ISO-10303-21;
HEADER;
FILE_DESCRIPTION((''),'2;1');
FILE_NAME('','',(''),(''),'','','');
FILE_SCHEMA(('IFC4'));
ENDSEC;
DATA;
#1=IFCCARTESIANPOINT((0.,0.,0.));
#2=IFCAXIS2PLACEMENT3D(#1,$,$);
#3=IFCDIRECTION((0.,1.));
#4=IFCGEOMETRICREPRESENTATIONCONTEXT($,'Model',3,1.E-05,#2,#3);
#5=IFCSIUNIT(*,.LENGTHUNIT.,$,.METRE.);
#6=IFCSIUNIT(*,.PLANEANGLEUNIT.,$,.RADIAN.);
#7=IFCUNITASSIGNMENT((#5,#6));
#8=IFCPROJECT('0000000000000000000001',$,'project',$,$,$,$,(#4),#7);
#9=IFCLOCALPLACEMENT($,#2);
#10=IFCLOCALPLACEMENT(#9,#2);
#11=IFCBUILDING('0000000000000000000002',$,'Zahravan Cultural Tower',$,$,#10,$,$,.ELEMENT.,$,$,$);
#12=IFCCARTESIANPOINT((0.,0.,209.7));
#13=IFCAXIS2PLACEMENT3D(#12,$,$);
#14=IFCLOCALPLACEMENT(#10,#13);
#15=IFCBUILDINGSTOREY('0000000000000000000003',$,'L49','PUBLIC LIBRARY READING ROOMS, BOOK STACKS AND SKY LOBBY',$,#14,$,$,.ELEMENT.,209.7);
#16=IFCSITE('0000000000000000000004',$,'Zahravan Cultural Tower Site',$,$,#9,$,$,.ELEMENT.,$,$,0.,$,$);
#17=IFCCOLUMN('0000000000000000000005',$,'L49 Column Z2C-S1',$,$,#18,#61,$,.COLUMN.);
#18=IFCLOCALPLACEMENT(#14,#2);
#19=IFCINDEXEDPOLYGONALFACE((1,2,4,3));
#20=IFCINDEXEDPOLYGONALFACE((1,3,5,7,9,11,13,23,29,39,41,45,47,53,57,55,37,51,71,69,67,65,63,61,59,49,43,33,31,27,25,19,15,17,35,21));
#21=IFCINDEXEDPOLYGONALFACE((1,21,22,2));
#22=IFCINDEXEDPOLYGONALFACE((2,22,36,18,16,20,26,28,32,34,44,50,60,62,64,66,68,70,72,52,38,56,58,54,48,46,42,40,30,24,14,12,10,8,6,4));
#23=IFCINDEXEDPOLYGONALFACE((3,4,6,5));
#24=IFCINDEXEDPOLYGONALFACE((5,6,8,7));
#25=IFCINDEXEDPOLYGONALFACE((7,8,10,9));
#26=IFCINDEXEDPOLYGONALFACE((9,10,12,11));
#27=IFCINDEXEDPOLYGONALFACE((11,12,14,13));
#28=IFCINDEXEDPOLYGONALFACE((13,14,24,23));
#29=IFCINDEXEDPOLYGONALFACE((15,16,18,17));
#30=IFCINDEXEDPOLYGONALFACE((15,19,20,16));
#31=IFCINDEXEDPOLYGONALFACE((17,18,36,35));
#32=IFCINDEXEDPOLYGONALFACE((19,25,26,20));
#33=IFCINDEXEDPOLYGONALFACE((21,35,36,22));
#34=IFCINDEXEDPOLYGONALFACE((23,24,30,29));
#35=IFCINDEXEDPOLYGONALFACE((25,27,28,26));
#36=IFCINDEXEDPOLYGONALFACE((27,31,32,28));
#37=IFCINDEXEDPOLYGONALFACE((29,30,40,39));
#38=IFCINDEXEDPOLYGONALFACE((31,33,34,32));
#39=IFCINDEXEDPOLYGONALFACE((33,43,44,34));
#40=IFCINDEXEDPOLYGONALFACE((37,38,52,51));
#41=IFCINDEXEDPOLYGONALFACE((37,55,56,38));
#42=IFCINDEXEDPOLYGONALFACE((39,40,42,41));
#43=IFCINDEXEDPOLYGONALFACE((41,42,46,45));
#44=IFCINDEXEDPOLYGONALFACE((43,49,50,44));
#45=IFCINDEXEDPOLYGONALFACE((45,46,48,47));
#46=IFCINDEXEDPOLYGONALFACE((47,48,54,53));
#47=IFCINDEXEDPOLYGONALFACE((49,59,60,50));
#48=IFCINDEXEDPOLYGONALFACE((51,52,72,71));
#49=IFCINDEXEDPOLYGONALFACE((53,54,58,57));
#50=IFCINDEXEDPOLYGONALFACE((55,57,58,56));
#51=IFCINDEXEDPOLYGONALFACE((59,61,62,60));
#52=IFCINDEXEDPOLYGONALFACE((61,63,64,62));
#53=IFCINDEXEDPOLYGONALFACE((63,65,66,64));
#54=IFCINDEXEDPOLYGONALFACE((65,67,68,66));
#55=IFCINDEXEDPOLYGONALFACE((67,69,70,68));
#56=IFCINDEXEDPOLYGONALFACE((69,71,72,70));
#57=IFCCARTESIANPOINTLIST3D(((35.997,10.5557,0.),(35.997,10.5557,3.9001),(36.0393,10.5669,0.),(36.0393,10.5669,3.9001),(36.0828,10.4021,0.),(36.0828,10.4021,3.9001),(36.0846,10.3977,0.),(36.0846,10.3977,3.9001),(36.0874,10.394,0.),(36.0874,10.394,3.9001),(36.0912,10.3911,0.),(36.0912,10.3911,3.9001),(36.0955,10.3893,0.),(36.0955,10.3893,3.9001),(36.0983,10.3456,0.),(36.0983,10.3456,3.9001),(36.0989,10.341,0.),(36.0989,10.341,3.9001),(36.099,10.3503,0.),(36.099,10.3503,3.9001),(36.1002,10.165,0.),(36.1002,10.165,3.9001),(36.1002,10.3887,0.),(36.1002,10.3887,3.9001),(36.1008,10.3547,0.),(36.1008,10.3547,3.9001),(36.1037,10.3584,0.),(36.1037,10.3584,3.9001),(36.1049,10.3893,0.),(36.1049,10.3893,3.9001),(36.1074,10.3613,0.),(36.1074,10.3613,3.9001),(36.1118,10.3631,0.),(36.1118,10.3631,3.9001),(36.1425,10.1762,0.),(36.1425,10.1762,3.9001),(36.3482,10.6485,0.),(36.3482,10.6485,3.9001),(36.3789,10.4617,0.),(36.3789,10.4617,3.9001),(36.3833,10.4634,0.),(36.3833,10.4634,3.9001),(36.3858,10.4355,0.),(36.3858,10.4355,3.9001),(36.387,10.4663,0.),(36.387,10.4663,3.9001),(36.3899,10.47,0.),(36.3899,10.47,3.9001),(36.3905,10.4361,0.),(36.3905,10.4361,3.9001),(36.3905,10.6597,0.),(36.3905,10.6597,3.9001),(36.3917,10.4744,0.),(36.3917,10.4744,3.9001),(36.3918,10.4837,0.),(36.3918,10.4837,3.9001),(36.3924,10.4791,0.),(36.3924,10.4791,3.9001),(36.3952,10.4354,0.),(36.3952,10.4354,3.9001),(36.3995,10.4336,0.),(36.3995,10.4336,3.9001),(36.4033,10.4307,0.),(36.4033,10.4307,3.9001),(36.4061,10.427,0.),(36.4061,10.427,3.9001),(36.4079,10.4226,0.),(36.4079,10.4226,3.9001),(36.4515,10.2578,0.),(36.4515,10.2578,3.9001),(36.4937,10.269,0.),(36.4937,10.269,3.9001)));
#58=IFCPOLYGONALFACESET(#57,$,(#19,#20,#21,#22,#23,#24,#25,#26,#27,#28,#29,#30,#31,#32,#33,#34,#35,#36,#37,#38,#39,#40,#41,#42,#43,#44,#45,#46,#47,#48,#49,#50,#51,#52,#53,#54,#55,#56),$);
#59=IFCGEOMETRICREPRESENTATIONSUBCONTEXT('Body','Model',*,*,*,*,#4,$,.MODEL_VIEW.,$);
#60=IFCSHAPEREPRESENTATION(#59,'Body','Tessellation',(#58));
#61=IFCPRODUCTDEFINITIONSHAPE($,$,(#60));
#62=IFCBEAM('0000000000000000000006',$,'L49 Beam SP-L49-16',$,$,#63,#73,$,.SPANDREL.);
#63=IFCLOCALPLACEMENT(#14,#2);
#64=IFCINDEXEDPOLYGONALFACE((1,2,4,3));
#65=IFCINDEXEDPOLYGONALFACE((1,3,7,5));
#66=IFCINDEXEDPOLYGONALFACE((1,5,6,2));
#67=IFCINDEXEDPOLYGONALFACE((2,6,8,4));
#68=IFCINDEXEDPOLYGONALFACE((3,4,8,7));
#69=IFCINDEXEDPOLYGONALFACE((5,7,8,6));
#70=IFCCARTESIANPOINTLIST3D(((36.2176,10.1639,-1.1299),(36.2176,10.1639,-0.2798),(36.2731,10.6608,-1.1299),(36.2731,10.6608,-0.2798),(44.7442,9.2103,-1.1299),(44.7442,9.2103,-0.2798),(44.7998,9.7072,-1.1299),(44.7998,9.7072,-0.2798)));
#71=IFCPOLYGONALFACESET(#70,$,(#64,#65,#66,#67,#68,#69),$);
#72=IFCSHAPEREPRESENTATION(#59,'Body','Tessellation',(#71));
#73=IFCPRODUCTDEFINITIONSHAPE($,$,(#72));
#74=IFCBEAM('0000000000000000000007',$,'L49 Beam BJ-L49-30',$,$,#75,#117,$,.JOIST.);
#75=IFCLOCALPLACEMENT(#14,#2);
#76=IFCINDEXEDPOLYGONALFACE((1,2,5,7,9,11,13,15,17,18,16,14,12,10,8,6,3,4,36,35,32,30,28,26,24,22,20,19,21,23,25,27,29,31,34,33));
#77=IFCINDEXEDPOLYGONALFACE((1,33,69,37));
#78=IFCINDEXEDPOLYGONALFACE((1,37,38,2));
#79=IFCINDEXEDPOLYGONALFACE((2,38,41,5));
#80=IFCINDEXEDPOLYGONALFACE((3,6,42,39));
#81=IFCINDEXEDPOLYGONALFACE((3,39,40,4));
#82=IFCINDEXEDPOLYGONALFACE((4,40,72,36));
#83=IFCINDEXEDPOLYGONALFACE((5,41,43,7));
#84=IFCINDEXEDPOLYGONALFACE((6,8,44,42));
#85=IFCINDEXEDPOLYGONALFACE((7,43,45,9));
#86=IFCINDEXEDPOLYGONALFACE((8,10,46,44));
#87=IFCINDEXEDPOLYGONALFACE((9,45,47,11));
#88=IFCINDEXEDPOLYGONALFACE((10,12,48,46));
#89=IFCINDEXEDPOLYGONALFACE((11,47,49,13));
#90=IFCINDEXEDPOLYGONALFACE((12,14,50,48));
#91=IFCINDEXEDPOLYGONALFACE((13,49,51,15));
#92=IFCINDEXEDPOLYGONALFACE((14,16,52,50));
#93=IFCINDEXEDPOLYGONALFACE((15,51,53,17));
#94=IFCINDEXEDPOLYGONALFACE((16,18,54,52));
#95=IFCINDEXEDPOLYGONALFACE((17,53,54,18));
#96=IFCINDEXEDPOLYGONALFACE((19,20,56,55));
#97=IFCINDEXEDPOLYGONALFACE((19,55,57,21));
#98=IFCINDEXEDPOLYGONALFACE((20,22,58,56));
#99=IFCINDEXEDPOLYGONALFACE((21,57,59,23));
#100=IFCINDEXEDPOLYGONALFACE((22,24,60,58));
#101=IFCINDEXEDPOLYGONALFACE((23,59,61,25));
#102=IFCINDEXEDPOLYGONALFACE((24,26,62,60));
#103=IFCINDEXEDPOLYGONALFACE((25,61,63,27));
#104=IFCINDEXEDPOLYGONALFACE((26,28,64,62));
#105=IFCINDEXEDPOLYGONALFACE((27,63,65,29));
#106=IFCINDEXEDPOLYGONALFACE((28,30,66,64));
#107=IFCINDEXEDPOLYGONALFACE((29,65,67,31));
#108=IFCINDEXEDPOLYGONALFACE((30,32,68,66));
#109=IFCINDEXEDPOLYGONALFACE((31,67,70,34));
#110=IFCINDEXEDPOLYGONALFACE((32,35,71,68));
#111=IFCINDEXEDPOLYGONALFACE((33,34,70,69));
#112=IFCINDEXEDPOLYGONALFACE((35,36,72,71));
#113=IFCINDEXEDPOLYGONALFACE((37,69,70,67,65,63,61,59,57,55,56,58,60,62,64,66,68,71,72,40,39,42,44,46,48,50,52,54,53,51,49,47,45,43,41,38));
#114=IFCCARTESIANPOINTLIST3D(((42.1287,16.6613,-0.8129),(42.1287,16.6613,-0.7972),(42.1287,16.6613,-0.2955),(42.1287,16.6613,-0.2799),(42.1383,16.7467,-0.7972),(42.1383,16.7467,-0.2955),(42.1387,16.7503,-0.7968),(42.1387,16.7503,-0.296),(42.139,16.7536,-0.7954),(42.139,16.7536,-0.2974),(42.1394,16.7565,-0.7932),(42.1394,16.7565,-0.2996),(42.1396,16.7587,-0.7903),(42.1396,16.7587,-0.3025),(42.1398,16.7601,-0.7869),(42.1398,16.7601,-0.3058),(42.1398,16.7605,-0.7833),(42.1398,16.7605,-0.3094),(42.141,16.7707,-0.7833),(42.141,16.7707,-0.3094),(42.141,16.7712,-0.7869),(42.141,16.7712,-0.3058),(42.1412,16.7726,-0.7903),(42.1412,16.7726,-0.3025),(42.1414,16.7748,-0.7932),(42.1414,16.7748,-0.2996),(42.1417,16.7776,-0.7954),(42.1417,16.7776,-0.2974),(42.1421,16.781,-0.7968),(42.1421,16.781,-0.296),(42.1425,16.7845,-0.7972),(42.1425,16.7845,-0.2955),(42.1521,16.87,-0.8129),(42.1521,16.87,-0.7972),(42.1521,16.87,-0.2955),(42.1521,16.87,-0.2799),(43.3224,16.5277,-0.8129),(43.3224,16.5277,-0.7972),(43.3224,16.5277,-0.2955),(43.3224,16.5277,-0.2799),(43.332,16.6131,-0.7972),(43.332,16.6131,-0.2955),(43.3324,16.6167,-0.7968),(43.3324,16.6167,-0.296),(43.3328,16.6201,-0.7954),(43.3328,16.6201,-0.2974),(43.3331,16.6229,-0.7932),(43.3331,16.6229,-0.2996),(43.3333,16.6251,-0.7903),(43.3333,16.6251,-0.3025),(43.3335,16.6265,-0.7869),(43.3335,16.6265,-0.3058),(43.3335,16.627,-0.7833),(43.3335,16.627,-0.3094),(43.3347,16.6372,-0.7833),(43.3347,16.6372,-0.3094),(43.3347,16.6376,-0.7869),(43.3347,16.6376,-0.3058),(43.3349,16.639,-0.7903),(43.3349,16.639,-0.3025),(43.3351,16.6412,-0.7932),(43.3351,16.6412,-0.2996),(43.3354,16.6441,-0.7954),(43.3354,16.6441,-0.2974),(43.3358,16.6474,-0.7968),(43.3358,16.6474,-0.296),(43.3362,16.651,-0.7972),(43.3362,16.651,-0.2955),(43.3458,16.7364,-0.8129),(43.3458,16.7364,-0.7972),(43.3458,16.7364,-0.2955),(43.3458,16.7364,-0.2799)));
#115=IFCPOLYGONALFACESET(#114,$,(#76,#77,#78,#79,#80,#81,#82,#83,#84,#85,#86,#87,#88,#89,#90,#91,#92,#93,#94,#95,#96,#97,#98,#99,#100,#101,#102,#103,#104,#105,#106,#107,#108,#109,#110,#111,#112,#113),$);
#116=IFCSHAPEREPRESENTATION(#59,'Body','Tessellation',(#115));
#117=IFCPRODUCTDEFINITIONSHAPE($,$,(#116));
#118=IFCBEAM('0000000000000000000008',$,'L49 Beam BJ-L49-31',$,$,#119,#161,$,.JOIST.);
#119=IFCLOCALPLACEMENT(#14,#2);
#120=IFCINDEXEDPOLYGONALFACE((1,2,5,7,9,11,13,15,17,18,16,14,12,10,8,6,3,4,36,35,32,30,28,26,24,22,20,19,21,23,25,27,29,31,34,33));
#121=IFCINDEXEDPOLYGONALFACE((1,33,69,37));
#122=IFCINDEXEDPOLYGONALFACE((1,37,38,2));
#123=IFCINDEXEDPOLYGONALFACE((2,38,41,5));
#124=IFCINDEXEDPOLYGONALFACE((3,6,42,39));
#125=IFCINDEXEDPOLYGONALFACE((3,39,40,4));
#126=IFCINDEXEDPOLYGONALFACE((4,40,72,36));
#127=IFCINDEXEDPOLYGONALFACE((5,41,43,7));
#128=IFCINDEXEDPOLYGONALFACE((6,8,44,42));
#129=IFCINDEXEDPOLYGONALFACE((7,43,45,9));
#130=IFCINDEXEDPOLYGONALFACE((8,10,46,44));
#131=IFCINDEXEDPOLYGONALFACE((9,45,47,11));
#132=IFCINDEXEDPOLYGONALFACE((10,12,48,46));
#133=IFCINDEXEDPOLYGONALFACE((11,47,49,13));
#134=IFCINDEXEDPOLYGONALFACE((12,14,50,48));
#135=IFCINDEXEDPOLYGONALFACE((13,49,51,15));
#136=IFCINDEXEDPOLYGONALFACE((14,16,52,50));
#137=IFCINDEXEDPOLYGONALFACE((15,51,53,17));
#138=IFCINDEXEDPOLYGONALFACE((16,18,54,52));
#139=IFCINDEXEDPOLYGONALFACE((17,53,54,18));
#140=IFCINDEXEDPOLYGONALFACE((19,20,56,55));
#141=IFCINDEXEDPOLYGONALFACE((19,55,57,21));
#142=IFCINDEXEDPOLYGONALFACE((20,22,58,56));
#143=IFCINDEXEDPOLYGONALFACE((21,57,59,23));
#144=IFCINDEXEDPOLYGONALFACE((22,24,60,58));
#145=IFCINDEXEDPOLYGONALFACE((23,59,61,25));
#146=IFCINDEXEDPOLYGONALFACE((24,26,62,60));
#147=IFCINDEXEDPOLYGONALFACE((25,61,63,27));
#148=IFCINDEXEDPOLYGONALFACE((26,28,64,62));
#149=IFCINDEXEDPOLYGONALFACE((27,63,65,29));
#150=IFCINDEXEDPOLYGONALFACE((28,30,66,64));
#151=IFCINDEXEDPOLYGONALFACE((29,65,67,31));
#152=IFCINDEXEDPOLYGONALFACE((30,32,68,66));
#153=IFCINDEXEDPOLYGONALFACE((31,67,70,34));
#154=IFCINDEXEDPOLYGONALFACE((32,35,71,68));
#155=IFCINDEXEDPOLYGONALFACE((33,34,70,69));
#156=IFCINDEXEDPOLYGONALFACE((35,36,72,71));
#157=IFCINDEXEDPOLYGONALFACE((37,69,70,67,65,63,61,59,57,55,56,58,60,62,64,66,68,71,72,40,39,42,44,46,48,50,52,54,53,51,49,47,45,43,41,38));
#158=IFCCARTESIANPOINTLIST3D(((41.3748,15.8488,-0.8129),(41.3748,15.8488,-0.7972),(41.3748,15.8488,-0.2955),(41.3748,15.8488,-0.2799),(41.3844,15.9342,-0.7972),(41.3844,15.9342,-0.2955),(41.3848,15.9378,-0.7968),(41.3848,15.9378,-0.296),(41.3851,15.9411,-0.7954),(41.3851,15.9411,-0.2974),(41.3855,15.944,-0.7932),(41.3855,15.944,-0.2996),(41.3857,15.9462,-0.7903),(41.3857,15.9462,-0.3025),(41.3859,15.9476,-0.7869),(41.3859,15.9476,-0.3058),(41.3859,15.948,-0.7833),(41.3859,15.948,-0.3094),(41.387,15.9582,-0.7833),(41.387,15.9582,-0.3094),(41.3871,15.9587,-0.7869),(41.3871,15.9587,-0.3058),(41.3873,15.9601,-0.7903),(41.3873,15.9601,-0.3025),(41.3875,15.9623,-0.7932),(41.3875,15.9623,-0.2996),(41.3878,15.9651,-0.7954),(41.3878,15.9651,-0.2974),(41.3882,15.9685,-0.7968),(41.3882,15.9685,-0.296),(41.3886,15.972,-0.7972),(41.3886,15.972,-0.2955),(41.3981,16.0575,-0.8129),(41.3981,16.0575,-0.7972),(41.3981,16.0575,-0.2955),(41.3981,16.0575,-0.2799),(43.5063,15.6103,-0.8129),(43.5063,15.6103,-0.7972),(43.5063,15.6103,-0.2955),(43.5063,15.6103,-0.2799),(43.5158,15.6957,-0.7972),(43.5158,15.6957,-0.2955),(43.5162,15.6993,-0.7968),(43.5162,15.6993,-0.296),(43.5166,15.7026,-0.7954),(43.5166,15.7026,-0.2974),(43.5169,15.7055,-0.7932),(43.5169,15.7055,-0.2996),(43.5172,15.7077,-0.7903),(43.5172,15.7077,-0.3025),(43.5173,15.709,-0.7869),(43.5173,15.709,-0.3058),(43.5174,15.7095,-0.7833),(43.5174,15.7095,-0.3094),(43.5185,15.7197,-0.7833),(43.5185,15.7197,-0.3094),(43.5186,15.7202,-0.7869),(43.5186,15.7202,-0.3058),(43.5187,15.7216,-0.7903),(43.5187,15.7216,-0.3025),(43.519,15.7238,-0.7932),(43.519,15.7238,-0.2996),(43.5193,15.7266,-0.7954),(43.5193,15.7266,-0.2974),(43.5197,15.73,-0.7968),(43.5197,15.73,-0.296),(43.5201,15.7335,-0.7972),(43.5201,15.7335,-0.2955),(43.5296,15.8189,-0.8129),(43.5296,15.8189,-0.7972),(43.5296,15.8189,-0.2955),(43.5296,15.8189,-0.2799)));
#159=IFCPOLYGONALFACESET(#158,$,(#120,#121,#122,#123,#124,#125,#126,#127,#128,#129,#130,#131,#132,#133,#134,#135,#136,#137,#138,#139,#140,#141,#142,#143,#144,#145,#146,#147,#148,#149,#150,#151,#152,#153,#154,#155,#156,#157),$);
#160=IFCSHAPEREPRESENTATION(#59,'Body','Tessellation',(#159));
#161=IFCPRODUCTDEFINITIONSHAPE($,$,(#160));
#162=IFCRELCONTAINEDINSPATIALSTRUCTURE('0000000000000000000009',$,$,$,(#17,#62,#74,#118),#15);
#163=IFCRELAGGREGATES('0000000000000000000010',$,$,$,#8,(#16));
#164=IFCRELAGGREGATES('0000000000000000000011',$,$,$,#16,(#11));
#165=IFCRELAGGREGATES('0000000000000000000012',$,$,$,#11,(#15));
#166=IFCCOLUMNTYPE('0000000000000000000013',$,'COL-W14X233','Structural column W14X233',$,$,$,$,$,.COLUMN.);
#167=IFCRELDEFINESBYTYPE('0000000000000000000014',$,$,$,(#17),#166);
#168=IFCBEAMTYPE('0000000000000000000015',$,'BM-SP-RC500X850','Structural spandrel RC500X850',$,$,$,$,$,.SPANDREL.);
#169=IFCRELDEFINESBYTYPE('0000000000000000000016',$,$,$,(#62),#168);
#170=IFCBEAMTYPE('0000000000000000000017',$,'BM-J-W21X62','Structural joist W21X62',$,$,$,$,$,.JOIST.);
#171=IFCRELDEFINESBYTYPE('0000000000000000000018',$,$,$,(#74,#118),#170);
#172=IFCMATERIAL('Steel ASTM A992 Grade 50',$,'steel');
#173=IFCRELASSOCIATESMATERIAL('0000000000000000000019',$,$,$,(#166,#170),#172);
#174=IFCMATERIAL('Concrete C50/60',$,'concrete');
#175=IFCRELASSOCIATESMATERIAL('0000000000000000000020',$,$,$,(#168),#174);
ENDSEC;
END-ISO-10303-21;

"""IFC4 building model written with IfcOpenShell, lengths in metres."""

from ifc_helpers import new_model, si_unit, direction, frame, origin, origin_2d, place, context, subcontext, project, spatial, rectangle, i_section, extrude, source, transform, mapped, material, material_profile, profile_set, type_object, element, save


model = new_model("IFC4")

# Units and contexts
model_context = context("Model", 3, precision=1e-05, world=origin(), true_north=direction((0.0, 1.0)))
body_context = subcontext(model_context, "Body", "Model", "MODEL_VIEW")
ifc_project = project(units=[si_unit("LENGTHUNIT", "METRE"), si_unit("PLANEANGLEUNIT", "RADIAN")], contexts=[model_context])

# Site, building, storey
site_placement = place(None, origin())
site = spatial("IfcSite", under=ifc_project, at=site_placement, Name="Zahravan Cultural Tower Site", CompositionType="ELEMENT", RefElevation=0.0)
building_placement = place(site_placement, origin())
building = spatial("IfcBuilding", under=site, at=building_placement, Name="Zahravan Cultural Tower", CompositionType="ELEMENT")
storey_placement = place(building_placement, frame((0.0, 0.0, 209.7)))
storey = spatial("IfcBuildingStorey", under=building, at=storey_placement, Name="L49", Description="PUBLIC LIBRARY READING ROOMS, BOOK STACKS AND SKY LOBBY", CompositionType="ELEMENT", Elevation=209.7)

# Column
ifc_material_1 = material(Name="Steel ASTM A992 Grade 50", Category="steel")
ifc_material_profile_1 = material_profile(ifc_material_1, i_section(OverallWidth=0.4041, OverallDepth=0.407, WebThickness=0.0271, FlangeThickness=0.0437, FilletRadius=0.0181, at=origin_2d()), Name="W14X233")
ifc_profile_set_1 = profile_set([ifc_material_profile_1], Name="Steel ASTM A992 Grade 50")
column_type = type_object("IfcColumnType", Name="COL-W14X233", Description="Structural column W14X233", PredefinedType="COLUMN", material=ifc_profile_set_1)
shared_shape_1 = source(origin(), body_context, "Body", "SweptSolid", [
    extrude(i_section(OverallWidth=0.4041, OverallDepth=0.407, WebThickness=0.0271, FlangeThickness=0.0437, FilletRadius=0.0181, at=origin_2d()), origin(), (0.0, 0.0, 1.0), 3.9001),
])
column_placement = place(storey_placement, frame((36.2454, 10.4124, 0.0), z_axis=(0.0, 0.0, 1.0), x_axis=(-0.255446, 0.966823, 0.0)))
element("IfcColumn", 1, at=column_placement, inside=storey, type_object=column_type, Name="L49 Column Z2C-S1", PredefinedType="COLUMN", context=body_context, shape_type="MappedRepresentation", body=[
    mapped(shared_shape_1, transform((0.0, 0.0, 0.0), x_axis=(1.0, 0.0, 0.0), y_axis=(0.0, 1.0, 0.0), z_axis=(0.0, 0.0, 1.0), scale=1.0)),
])

# Beams
ifc_material_2 = material(Name="Concrete C50/60", Category="concrete")
ifc_material_profile_2 = material_profile(ifc_material_2, rectangle(XDim=0.5, YDim=0.8501, at=origin_2d()), Name="RC500X850")
ifc_profile_set_2 = profile_set([ifc_material_profile_2], Name="Concrete C50/60")
beam_type_1 = type_object("IfcBeamType", Name="BM-SP-RC500X850", Description="Structural spandrel RC500X850", PredefinedType="SPANDREL", material=ifc_profile_set_2)
shared_shape_2 = source(origin(), body_context, "Body", "SweptSolid", [
    extrude(rectangle(XDim=0.5, YDim=0.8501, at=origin_2d()), origin(), (0.0, 0.0, 1.0), 8.5798),
])
beam_1_placement = place(storey_placement, frame((36.2454, 10.4124, -0.7048), z_axis=(0.993804, -0.111147, 0.0), x_axis=(0.111147, 0.993804, 0.0)))
element("IfcBeam", 2, at=beam_1_placement, inside=storey, type_object=beam_type_1, Name="L49 Beam SP-L49-16", PredefinedType="SPANDREL", context=body_context, shape_type="MappedRepresentation", body=[
    mapped(shared_shape_2, transform((0.0, 0.0, 0.0), x_axis=(1.0, 0.0, 0.0), y_axis=(0.0, 1.0, 0.0), z_axis=(0.0, 0.0, 1.0), scale=1.0)),
])
ifc_material_profile_3 = material_profile(ifc_material_1, i_section(OverallWidth=0.21, OverallDepth=0.533, WebThickness=0.0103, FlangeThickness=0.0156, FilletRadius=0.0139, at=origin_2d()), Name="W21X62")
ifc_profile_set_3 = profile_set([ifc_material_profile_3], Name="Steel ASTM A992 Grade 50")
beam_type_2 = type_object("IfcBeamType", Name="BM-J-W21X62", Description="Structural joist W21X62", PredefinedType="JOIST", material=ifc_profile_set_3)
shared_shape_3 = source(origin(), body_context, "Body", "SweptSolid", [
    extrude(i_section(OverallWidth=0.21, OverallDepth=0.533, WebThickness=0.0103, FlangeThickness=0.0156, FilletRadius=0.0139, at=origin_2d()), origin(), (0.0, 0.0, 1.0), 1.2012),
])
beam_2_placement = place(storey_placement, frame((42.1404, 16.7656, -0.5464), z_axis=(0.993799, -0.11119, 0.0), x_axis=(0.11119, 0.993799, 0.0)))
element("IfcBeam", 3, at=beam_2_placement, inside=storey, type_object=beam_type_2, Name="L49 Beam BJ-L49-30", PredefinedType="JOIST", context=body_context, shape_type="MappedRepresentation", body=[
    mapped(shared_shape_3, transform((0.0, 0.0, 0.0), x_axis=(1.0, 0.0, 0.0), y_axis=(0.0, 1.0, 0.0), z_axis=(0.0, 0.0, 1.0), scale=1.0)),
])
shared_shape_4 = source(origin(), body_context, "Body", "SweptSolid", [
    extrude(i_section(OverallWidth=0.21, OverallDepth=0.533, WebThickness=0.0103, FlangeThickness=0.0156, FilletRadius=0.0139, at=origin_2d()), origin(), (0.0, 0.0, 1.0), 2.1448),
])
beam_3_placement = place(storey_placement, frame((41.3865, 15.9531, -0.5464), z_axis=(0.993797, -0.111206, 0.0), x_axis=(0.111206, 0.993797, 0.0)))
element("IfcBeam", 4, at=beam_3_placement, inside=storey, type_object=beam_type_2, Name="L49 Beam BJ-L49-31", PredefinedType="JOIST", context=body_context, shape_type="MappedRepresentation", body=[
    mapped(shared_shape_4, transform((0.0, 0.0, 0.0), x_axis=(1.0, 0.0, 0.0), y_axis=(0.0, 1.0, 0.0), z_axis=(0.0, 0.0, 1.0), scale=1.0)),
])

save(model, "model.ifc")
